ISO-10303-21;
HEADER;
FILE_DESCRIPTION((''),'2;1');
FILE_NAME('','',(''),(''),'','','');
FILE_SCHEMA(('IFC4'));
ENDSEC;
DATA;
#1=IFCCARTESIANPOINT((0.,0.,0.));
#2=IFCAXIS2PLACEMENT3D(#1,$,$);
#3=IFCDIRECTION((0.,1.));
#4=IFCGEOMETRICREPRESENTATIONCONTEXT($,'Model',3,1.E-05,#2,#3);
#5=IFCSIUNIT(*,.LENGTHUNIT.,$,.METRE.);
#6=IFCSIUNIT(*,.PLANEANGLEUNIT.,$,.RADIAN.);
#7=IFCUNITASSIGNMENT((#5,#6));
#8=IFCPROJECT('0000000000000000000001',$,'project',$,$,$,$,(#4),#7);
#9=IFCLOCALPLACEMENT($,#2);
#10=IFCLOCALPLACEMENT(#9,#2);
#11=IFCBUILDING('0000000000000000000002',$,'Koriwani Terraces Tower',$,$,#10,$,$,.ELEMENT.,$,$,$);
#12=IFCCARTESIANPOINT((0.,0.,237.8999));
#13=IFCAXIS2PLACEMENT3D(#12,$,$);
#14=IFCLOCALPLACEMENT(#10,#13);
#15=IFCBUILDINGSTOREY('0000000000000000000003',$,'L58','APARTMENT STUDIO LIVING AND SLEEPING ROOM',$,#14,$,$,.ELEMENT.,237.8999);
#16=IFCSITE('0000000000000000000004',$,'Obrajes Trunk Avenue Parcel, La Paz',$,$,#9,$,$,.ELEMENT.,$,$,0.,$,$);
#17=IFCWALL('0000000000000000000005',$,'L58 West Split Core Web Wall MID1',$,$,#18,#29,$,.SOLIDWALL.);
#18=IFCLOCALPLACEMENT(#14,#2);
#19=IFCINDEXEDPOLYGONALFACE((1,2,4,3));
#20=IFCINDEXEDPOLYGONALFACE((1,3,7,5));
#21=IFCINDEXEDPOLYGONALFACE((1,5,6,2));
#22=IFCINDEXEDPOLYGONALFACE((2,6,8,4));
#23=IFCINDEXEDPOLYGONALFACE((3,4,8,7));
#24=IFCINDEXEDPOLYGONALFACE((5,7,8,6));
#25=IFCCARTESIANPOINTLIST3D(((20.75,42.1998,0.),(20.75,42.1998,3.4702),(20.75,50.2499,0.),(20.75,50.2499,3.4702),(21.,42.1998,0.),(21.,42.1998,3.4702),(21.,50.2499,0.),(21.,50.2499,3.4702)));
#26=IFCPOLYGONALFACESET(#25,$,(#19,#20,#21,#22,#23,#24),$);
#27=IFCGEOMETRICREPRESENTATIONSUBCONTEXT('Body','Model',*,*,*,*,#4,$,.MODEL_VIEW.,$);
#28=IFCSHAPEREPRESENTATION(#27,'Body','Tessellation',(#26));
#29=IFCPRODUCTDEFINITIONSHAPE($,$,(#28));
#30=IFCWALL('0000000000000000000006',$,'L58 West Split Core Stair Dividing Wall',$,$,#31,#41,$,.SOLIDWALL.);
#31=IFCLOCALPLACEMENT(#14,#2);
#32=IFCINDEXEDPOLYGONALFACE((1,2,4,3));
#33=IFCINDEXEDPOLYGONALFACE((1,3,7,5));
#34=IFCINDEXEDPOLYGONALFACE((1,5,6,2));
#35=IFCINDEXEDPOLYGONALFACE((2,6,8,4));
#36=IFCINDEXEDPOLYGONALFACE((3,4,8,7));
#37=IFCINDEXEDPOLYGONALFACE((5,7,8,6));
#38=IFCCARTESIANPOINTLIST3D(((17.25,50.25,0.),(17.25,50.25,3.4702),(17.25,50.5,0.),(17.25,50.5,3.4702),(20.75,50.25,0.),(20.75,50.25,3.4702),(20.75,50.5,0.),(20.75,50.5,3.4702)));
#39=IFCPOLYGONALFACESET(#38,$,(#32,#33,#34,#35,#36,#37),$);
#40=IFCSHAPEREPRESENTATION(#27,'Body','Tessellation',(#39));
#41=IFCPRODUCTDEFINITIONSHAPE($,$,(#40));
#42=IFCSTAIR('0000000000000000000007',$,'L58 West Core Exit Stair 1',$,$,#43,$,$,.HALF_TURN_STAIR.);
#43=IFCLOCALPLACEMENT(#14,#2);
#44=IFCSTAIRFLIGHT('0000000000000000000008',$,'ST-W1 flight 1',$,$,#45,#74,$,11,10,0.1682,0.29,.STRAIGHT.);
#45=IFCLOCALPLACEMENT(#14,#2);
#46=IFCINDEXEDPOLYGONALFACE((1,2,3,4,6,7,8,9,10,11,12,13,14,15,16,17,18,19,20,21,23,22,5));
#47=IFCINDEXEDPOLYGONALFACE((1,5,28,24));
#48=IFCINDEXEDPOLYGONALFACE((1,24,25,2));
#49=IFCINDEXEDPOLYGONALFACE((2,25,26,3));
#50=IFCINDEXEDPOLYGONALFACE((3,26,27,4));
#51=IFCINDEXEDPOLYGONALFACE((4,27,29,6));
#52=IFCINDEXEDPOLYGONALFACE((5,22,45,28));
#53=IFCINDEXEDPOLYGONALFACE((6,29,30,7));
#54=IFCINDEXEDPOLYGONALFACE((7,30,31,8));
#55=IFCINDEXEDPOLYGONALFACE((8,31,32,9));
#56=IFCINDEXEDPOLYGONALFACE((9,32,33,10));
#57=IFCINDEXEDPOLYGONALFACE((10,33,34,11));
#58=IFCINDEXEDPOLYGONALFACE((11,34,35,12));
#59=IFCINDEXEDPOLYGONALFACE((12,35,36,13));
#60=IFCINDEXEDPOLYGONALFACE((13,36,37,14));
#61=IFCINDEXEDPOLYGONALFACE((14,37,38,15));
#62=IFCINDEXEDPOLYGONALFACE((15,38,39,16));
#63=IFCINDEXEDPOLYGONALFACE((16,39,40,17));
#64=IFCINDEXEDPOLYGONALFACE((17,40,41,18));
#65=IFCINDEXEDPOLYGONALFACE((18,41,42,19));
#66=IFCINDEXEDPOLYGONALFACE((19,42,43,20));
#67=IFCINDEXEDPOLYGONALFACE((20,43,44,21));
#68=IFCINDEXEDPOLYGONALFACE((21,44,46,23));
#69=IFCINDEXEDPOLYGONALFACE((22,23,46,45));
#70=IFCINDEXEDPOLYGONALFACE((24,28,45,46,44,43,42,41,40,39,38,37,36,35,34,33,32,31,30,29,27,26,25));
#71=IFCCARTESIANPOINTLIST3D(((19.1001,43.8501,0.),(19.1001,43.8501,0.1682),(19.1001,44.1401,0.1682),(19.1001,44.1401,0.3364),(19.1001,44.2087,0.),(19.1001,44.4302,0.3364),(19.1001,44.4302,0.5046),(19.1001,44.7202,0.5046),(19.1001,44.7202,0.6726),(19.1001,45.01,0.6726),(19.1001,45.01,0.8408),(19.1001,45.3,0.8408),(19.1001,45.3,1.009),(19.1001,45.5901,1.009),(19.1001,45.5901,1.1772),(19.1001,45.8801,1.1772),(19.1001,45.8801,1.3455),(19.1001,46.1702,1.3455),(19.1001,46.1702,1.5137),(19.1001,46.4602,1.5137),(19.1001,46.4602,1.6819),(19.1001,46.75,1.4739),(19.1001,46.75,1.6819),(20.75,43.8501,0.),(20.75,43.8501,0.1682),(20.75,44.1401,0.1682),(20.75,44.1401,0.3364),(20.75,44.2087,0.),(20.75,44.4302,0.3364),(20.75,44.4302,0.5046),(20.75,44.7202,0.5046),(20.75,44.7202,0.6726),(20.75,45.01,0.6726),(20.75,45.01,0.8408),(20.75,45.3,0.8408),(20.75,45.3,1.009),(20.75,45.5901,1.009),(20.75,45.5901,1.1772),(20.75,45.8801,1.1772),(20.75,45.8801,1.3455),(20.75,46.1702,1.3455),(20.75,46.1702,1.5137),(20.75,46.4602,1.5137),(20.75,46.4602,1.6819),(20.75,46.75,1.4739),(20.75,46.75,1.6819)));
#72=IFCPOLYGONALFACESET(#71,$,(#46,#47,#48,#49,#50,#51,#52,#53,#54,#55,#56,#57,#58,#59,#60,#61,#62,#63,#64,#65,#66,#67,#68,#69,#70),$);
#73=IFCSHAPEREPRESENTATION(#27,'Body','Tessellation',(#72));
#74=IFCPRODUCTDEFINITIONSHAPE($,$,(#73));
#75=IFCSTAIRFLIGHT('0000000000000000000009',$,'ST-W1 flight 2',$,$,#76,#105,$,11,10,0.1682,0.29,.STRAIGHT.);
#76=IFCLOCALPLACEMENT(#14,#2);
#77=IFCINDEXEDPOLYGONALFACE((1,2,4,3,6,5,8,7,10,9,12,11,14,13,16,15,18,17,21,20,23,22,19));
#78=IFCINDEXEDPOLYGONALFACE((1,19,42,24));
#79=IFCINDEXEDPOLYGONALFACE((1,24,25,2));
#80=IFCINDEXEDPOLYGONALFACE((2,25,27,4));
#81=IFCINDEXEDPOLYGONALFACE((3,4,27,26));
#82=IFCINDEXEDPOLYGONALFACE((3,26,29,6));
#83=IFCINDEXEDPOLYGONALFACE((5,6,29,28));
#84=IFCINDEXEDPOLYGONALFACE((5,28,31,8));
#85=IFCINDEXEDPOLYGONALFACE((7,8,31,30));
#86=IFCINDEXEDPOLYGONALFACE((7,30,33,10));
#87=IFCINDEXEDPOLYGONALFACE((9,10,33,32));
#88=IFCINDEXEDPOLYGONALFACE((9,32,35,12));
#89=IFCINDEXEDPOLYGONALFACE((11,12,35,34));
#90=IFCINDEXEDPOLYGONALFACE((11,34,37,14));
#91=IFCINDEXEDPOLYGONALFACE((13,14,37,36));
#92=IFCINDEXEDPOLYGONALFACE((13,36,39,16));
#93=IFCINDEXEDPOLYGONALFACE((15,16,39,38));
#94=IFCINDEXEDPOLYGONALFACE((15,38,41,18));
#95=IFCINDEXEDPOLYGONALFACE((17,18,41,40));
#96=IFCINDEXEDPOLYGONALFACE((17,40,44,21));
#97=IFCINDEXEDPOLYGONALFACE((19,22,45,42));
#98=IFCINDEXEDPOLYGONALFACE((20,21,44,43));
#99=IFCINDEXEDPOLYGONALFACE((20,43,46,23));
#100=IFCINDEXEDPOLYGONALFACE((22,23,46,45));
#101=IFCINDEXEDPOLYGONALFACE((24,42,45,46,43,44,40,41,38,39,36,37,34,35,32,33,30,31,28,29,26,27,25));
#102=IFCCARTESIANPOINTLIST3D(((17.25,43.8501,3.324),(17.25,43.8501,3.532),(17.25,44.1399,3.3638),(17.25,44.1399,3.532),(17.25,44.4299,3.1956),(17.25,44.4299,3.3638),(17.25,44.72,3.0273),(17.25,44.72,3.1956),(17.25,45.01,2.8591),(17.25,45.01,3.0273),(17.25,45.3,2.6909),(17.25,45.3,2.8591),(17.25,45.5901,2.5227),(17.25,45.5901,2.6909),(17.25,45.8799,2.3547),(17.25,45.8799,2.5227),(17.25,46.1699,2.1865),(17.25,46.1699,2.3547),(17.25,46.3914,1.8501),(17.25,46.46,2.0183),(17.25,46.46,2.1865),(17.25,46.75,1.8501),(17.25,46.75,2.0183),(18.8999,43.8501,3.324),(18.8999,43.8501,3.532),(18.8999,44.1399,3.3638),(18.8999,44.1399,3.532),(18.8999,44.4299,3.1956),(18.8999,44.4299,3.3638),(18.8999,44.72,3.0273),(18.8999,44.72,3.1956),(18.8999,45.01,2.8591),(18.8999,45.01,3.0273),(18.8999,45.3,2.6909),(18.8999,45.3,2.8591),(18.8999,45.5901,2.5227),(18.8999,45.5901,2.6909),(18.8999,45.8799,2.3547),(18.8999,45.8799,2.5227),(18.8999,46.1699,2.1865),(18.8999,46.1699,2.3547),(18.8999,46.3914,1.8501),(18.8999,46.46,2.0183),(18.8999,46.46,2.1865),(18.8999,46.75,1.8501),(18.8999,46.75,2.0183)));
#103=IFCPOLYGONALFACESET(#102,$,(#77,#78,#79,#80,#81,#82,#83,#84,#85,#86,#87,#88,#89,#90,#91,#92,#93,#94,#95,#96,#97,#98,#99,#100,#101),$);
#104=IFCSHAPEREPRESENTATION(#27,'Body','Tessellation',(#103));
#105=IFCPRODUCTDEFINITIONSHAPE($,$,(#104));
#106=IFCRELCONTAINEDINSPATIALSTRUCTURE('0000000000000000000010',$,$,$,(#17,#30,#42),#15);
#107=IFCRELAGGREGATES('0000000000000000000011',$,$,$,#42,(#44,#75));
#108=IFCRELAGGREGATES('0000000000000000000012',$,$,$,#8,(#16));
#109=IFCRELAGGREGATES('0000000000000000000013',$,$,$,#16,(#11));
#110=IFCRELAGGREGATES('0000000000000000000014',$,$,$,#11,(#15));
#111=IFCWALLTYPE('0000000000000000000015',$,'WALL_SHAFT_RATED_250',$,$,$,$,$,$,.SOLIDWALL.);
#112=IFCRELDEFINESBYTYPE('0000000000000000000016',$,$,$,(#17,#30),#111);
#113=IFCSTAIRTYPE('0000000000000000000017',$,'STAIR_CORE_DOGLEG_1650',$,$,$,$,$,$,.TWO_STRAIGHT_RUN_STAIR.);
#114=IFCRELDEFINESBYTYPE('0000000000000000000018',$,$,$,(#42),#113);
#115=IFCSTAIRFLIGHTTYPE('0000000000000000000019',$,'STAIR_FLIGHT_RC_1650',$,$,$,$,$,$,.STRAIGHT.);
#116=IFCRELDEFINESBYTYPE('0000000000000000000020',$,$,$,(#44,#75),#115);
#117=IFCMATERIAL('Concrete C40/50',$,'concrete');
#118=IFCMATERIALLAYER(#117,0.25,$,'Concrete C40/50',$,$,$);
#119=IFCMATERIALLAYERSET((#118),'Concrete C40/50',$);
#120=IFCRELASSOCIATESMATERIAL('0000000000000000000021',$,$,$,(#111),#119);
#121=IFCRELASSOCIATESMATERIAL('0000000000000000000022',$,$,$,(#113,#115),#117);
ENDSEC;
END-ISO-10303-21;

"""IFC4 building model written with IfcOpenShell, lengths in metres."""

from ifc_helpers import new_model, si_unit, direction, frame, frame_2d, origin, place, context, subcontext, project, spatial, polyline, rectangle, outline, extrude, material, layer, layer_set, type_object, element, aggregate, save


model = new_model("IFC4")

# Units and contexts
model_context = context("Model", 3, precision=1e-05, world=origin(), true_north=direction((0.0, 1.0)))
body_context = subcontext(model_context, "Body", "Model", "MODEL_VIEW")
ifc_project = project(units=[si_unit("LENGTHUNIT", "METRE"), si_unit("PLANEANGLEUNIT", "RADIAN")], contexts=[model_context])

# Site, building, storey
site_placement = place(None, origin())
site = spatial("IfcSite", under=ifc_project, at=site_placement, Name="Obrajes Trunk Avenue Parcel, La Paz", CompositionType="ELEMENT", RefElevation=0.0)
building_placement = place(site_placement, origin())
building = spatial("IfcBuilding", under=site, at=building_placement, Name="Koriwani Terraces Tower", CompositionType="ELEMENT")
storey_placement = place(building_placement, frame((0.0, 0.0, 237.8999)))
storey = spatial("IfcBuildingStorey", under=building, at=storey_placement, Name="L58", Description="APARTMENT STUDIO LIVING AND SLEEPING ROOM", CompositionType="ELEMENT", Elevation=237.8999)

# Shared definitions
ifc_material_1 = material(Name="Concrete C40/50", Category="concrete")

# Walls
ifc_layer_1 = layer(ifc_material_1, 0.25, Name="Concrete C40/50")
ifc_layer_set_1 = layer_set([ifc_layer_1], Name="Concrete C40/50")
wall_type_1 = type_object("IfcWallType", Name="WALL_SHAFT_RATED_250", PredefinedType="SOLIDWALL", material=ifc_layer_set_1)
wall_1_placement = place(storey_placement, frame((20.875, 42.2, 0.0), z_axis=(0.0, 0.0, 1.0), x_axis=(0.0, 1.0, 0.0)))
element("IfcWall", 1, at=wall_1_placement, inside=storey, type_object=wall_type_1, Name="L58 West Split Core Web Wall MID1", PredefinedType="SOLIDWALL", context=body_context, shape_type="SweptSolid", body=[
    extrude(rectangle(XDim=8.05, YDim=0.25, at=frame_2d((4.0249, 0.0))), origin(), (0.0, 0.0, 1.0), 3.4702),
])
wall_2_placement = place(storey_placement, frame((17.25, 50.375, 0.0), z_axis=(0.0, 0.0, 1.0), x_axis=(1.0, 0.0, 0.0)))
element("IfcWall", 2, at=wall_2_placement, inside=storey, type_object=wall_type_1, Name="L58 West Split Core Stair Dividing Wall", PredefinedType="SOLIDWALL", context=body_context, shape_type="SweptSolid", body=[
    extrude(rectangle(XDim=3.5, YDim=0.25, at=frame_2d((1.75, 0.0))), origin(), (0.0, 0.0, 1.0), 3.4702),
])

# Stair, stair flights
stair_type = type_object("IfcStairType", Name="STAIR_CORE_DOGLEG_1650", PredefinedType="TWO_STRAIGHT_RUN_STAIR", material=ifc_material_1)
stair_placement = place(storey_placement, origin())
stair = element("IfcStair", 3, at=stair_placement, inside=storey, type_object=stair_type, Name="L58 West Core Exit Stair 1", PredefinedType="HALF_TURN_STAIR")
stair_flight_type = type_object("IfcStairFlightType", Name="STAIR_FLIGHT_RC_1650", PredefinedType="STRAIGHT", material=ifc_material_1)
stair_flight_1_placement = place(storey_placement, frame((19.925, 43.8501, 0.0), z_axis=(0.0, 0.0, 1.0), x_axis=(0.0, 1.0, 0.0)))
stair_flight_1 = element("IfcStairFlight", 4, at=stair_flight_1_placement, type_object=stair_flight_type, Name="ST-W1 flight 1", NumberOfRisers=11, NumberOfTreads=10, PredefinedType="STRAIGHT", RiserHeight=0.1682, TreadLength=0.29, context=body_context, shape_type="SweptSolid", body=[
    extrude(outline(polyline([(0.0, 0.0), (0.0, 0.1682), (0.29, 0.1682), (0.29, 0.3364), (0.5801, 0.3364), (0.5801, 0.5046), (0.8701, 0.5046), (0.8701, 0.6726), (1.1599, 0.6726), (1.1599, 0.8408), (1.45, 0.8408), (1.45, 1.009), (1.74, 1.009), (1.74, 1.1772), (2.03, 1.1772), (2.03, 1.3455), (2.3201, 1.3455), (2.3201, 1.5137), (2.6101, 1.5137), (2.6101, 1.6819), (2.8999, 1.6819), (2.8999, 1.8501), (2.8999, 1.4739), (0.3586, 0.0), (0.0, 0.0)])), frame((0.0, 0.825, 0.0), z_axis=(0.0, -1.0, 0.0), x_axis=(1.0, 0.0, 0.0)), (0.0, 0.0, 1.0), 1.6499),
])
stair_flight_2_placement = place(storey_placement, frame((18.075, 46.75, 1.8501), z_axis=(0.0, 0.0, 1.0), x_axis=(0.0, -1.0, 0.0)))
stair_flight_2 = element("IfcStairFlight", 5, at=stair_flight_2_placement, type_object=stair_flight_type, Name="ST-W1 flight 2", NumberOfRisers=11, NumberOfTreads=10, PredefinedType="STRAIGHT", RiserHeight=0.1682, TreadLength=0.29, context=body_context, shape_type="SweptSolid", body=[
    extrude(outline(polyline([(0.0, 0.0), (0.0, 0.1682), (0.29, 0.1682), (0.29, 0.3364), (0.5801, 0.3364), (0.5801, 0.5046), (0.8701, 0.5046), (0.8701, 0.6726), (1.1599, 0.6726), (1.1599, 0.8408), (1.45, 0.8408), (1.45, 1.009), (1.74, 1.009), (1.74, 1.1772), (2.03, 1.1772), (2.03, 1.3455), (2.3201, 1.3455), (2.3201, 1.5137), (2.6101, 1.5137), (2.6101, 1.6819), (2.8999, 1.6819), (2.8999, 1.8501), (2.8999, 1.4739), (0.3586, 0.0), (0.0, 0.0)])), frame((0.0, 0.825, 0.0), z_axis=(0.0, -1.0, 0.0), x_axis=(1.0, 0.0, 0.0)), (0.0, 0.0, 1.0), 1.6499),
])
aggregate(stair, [stair_flight_1, stair_flight_2])

save(model, "model.ifc")
